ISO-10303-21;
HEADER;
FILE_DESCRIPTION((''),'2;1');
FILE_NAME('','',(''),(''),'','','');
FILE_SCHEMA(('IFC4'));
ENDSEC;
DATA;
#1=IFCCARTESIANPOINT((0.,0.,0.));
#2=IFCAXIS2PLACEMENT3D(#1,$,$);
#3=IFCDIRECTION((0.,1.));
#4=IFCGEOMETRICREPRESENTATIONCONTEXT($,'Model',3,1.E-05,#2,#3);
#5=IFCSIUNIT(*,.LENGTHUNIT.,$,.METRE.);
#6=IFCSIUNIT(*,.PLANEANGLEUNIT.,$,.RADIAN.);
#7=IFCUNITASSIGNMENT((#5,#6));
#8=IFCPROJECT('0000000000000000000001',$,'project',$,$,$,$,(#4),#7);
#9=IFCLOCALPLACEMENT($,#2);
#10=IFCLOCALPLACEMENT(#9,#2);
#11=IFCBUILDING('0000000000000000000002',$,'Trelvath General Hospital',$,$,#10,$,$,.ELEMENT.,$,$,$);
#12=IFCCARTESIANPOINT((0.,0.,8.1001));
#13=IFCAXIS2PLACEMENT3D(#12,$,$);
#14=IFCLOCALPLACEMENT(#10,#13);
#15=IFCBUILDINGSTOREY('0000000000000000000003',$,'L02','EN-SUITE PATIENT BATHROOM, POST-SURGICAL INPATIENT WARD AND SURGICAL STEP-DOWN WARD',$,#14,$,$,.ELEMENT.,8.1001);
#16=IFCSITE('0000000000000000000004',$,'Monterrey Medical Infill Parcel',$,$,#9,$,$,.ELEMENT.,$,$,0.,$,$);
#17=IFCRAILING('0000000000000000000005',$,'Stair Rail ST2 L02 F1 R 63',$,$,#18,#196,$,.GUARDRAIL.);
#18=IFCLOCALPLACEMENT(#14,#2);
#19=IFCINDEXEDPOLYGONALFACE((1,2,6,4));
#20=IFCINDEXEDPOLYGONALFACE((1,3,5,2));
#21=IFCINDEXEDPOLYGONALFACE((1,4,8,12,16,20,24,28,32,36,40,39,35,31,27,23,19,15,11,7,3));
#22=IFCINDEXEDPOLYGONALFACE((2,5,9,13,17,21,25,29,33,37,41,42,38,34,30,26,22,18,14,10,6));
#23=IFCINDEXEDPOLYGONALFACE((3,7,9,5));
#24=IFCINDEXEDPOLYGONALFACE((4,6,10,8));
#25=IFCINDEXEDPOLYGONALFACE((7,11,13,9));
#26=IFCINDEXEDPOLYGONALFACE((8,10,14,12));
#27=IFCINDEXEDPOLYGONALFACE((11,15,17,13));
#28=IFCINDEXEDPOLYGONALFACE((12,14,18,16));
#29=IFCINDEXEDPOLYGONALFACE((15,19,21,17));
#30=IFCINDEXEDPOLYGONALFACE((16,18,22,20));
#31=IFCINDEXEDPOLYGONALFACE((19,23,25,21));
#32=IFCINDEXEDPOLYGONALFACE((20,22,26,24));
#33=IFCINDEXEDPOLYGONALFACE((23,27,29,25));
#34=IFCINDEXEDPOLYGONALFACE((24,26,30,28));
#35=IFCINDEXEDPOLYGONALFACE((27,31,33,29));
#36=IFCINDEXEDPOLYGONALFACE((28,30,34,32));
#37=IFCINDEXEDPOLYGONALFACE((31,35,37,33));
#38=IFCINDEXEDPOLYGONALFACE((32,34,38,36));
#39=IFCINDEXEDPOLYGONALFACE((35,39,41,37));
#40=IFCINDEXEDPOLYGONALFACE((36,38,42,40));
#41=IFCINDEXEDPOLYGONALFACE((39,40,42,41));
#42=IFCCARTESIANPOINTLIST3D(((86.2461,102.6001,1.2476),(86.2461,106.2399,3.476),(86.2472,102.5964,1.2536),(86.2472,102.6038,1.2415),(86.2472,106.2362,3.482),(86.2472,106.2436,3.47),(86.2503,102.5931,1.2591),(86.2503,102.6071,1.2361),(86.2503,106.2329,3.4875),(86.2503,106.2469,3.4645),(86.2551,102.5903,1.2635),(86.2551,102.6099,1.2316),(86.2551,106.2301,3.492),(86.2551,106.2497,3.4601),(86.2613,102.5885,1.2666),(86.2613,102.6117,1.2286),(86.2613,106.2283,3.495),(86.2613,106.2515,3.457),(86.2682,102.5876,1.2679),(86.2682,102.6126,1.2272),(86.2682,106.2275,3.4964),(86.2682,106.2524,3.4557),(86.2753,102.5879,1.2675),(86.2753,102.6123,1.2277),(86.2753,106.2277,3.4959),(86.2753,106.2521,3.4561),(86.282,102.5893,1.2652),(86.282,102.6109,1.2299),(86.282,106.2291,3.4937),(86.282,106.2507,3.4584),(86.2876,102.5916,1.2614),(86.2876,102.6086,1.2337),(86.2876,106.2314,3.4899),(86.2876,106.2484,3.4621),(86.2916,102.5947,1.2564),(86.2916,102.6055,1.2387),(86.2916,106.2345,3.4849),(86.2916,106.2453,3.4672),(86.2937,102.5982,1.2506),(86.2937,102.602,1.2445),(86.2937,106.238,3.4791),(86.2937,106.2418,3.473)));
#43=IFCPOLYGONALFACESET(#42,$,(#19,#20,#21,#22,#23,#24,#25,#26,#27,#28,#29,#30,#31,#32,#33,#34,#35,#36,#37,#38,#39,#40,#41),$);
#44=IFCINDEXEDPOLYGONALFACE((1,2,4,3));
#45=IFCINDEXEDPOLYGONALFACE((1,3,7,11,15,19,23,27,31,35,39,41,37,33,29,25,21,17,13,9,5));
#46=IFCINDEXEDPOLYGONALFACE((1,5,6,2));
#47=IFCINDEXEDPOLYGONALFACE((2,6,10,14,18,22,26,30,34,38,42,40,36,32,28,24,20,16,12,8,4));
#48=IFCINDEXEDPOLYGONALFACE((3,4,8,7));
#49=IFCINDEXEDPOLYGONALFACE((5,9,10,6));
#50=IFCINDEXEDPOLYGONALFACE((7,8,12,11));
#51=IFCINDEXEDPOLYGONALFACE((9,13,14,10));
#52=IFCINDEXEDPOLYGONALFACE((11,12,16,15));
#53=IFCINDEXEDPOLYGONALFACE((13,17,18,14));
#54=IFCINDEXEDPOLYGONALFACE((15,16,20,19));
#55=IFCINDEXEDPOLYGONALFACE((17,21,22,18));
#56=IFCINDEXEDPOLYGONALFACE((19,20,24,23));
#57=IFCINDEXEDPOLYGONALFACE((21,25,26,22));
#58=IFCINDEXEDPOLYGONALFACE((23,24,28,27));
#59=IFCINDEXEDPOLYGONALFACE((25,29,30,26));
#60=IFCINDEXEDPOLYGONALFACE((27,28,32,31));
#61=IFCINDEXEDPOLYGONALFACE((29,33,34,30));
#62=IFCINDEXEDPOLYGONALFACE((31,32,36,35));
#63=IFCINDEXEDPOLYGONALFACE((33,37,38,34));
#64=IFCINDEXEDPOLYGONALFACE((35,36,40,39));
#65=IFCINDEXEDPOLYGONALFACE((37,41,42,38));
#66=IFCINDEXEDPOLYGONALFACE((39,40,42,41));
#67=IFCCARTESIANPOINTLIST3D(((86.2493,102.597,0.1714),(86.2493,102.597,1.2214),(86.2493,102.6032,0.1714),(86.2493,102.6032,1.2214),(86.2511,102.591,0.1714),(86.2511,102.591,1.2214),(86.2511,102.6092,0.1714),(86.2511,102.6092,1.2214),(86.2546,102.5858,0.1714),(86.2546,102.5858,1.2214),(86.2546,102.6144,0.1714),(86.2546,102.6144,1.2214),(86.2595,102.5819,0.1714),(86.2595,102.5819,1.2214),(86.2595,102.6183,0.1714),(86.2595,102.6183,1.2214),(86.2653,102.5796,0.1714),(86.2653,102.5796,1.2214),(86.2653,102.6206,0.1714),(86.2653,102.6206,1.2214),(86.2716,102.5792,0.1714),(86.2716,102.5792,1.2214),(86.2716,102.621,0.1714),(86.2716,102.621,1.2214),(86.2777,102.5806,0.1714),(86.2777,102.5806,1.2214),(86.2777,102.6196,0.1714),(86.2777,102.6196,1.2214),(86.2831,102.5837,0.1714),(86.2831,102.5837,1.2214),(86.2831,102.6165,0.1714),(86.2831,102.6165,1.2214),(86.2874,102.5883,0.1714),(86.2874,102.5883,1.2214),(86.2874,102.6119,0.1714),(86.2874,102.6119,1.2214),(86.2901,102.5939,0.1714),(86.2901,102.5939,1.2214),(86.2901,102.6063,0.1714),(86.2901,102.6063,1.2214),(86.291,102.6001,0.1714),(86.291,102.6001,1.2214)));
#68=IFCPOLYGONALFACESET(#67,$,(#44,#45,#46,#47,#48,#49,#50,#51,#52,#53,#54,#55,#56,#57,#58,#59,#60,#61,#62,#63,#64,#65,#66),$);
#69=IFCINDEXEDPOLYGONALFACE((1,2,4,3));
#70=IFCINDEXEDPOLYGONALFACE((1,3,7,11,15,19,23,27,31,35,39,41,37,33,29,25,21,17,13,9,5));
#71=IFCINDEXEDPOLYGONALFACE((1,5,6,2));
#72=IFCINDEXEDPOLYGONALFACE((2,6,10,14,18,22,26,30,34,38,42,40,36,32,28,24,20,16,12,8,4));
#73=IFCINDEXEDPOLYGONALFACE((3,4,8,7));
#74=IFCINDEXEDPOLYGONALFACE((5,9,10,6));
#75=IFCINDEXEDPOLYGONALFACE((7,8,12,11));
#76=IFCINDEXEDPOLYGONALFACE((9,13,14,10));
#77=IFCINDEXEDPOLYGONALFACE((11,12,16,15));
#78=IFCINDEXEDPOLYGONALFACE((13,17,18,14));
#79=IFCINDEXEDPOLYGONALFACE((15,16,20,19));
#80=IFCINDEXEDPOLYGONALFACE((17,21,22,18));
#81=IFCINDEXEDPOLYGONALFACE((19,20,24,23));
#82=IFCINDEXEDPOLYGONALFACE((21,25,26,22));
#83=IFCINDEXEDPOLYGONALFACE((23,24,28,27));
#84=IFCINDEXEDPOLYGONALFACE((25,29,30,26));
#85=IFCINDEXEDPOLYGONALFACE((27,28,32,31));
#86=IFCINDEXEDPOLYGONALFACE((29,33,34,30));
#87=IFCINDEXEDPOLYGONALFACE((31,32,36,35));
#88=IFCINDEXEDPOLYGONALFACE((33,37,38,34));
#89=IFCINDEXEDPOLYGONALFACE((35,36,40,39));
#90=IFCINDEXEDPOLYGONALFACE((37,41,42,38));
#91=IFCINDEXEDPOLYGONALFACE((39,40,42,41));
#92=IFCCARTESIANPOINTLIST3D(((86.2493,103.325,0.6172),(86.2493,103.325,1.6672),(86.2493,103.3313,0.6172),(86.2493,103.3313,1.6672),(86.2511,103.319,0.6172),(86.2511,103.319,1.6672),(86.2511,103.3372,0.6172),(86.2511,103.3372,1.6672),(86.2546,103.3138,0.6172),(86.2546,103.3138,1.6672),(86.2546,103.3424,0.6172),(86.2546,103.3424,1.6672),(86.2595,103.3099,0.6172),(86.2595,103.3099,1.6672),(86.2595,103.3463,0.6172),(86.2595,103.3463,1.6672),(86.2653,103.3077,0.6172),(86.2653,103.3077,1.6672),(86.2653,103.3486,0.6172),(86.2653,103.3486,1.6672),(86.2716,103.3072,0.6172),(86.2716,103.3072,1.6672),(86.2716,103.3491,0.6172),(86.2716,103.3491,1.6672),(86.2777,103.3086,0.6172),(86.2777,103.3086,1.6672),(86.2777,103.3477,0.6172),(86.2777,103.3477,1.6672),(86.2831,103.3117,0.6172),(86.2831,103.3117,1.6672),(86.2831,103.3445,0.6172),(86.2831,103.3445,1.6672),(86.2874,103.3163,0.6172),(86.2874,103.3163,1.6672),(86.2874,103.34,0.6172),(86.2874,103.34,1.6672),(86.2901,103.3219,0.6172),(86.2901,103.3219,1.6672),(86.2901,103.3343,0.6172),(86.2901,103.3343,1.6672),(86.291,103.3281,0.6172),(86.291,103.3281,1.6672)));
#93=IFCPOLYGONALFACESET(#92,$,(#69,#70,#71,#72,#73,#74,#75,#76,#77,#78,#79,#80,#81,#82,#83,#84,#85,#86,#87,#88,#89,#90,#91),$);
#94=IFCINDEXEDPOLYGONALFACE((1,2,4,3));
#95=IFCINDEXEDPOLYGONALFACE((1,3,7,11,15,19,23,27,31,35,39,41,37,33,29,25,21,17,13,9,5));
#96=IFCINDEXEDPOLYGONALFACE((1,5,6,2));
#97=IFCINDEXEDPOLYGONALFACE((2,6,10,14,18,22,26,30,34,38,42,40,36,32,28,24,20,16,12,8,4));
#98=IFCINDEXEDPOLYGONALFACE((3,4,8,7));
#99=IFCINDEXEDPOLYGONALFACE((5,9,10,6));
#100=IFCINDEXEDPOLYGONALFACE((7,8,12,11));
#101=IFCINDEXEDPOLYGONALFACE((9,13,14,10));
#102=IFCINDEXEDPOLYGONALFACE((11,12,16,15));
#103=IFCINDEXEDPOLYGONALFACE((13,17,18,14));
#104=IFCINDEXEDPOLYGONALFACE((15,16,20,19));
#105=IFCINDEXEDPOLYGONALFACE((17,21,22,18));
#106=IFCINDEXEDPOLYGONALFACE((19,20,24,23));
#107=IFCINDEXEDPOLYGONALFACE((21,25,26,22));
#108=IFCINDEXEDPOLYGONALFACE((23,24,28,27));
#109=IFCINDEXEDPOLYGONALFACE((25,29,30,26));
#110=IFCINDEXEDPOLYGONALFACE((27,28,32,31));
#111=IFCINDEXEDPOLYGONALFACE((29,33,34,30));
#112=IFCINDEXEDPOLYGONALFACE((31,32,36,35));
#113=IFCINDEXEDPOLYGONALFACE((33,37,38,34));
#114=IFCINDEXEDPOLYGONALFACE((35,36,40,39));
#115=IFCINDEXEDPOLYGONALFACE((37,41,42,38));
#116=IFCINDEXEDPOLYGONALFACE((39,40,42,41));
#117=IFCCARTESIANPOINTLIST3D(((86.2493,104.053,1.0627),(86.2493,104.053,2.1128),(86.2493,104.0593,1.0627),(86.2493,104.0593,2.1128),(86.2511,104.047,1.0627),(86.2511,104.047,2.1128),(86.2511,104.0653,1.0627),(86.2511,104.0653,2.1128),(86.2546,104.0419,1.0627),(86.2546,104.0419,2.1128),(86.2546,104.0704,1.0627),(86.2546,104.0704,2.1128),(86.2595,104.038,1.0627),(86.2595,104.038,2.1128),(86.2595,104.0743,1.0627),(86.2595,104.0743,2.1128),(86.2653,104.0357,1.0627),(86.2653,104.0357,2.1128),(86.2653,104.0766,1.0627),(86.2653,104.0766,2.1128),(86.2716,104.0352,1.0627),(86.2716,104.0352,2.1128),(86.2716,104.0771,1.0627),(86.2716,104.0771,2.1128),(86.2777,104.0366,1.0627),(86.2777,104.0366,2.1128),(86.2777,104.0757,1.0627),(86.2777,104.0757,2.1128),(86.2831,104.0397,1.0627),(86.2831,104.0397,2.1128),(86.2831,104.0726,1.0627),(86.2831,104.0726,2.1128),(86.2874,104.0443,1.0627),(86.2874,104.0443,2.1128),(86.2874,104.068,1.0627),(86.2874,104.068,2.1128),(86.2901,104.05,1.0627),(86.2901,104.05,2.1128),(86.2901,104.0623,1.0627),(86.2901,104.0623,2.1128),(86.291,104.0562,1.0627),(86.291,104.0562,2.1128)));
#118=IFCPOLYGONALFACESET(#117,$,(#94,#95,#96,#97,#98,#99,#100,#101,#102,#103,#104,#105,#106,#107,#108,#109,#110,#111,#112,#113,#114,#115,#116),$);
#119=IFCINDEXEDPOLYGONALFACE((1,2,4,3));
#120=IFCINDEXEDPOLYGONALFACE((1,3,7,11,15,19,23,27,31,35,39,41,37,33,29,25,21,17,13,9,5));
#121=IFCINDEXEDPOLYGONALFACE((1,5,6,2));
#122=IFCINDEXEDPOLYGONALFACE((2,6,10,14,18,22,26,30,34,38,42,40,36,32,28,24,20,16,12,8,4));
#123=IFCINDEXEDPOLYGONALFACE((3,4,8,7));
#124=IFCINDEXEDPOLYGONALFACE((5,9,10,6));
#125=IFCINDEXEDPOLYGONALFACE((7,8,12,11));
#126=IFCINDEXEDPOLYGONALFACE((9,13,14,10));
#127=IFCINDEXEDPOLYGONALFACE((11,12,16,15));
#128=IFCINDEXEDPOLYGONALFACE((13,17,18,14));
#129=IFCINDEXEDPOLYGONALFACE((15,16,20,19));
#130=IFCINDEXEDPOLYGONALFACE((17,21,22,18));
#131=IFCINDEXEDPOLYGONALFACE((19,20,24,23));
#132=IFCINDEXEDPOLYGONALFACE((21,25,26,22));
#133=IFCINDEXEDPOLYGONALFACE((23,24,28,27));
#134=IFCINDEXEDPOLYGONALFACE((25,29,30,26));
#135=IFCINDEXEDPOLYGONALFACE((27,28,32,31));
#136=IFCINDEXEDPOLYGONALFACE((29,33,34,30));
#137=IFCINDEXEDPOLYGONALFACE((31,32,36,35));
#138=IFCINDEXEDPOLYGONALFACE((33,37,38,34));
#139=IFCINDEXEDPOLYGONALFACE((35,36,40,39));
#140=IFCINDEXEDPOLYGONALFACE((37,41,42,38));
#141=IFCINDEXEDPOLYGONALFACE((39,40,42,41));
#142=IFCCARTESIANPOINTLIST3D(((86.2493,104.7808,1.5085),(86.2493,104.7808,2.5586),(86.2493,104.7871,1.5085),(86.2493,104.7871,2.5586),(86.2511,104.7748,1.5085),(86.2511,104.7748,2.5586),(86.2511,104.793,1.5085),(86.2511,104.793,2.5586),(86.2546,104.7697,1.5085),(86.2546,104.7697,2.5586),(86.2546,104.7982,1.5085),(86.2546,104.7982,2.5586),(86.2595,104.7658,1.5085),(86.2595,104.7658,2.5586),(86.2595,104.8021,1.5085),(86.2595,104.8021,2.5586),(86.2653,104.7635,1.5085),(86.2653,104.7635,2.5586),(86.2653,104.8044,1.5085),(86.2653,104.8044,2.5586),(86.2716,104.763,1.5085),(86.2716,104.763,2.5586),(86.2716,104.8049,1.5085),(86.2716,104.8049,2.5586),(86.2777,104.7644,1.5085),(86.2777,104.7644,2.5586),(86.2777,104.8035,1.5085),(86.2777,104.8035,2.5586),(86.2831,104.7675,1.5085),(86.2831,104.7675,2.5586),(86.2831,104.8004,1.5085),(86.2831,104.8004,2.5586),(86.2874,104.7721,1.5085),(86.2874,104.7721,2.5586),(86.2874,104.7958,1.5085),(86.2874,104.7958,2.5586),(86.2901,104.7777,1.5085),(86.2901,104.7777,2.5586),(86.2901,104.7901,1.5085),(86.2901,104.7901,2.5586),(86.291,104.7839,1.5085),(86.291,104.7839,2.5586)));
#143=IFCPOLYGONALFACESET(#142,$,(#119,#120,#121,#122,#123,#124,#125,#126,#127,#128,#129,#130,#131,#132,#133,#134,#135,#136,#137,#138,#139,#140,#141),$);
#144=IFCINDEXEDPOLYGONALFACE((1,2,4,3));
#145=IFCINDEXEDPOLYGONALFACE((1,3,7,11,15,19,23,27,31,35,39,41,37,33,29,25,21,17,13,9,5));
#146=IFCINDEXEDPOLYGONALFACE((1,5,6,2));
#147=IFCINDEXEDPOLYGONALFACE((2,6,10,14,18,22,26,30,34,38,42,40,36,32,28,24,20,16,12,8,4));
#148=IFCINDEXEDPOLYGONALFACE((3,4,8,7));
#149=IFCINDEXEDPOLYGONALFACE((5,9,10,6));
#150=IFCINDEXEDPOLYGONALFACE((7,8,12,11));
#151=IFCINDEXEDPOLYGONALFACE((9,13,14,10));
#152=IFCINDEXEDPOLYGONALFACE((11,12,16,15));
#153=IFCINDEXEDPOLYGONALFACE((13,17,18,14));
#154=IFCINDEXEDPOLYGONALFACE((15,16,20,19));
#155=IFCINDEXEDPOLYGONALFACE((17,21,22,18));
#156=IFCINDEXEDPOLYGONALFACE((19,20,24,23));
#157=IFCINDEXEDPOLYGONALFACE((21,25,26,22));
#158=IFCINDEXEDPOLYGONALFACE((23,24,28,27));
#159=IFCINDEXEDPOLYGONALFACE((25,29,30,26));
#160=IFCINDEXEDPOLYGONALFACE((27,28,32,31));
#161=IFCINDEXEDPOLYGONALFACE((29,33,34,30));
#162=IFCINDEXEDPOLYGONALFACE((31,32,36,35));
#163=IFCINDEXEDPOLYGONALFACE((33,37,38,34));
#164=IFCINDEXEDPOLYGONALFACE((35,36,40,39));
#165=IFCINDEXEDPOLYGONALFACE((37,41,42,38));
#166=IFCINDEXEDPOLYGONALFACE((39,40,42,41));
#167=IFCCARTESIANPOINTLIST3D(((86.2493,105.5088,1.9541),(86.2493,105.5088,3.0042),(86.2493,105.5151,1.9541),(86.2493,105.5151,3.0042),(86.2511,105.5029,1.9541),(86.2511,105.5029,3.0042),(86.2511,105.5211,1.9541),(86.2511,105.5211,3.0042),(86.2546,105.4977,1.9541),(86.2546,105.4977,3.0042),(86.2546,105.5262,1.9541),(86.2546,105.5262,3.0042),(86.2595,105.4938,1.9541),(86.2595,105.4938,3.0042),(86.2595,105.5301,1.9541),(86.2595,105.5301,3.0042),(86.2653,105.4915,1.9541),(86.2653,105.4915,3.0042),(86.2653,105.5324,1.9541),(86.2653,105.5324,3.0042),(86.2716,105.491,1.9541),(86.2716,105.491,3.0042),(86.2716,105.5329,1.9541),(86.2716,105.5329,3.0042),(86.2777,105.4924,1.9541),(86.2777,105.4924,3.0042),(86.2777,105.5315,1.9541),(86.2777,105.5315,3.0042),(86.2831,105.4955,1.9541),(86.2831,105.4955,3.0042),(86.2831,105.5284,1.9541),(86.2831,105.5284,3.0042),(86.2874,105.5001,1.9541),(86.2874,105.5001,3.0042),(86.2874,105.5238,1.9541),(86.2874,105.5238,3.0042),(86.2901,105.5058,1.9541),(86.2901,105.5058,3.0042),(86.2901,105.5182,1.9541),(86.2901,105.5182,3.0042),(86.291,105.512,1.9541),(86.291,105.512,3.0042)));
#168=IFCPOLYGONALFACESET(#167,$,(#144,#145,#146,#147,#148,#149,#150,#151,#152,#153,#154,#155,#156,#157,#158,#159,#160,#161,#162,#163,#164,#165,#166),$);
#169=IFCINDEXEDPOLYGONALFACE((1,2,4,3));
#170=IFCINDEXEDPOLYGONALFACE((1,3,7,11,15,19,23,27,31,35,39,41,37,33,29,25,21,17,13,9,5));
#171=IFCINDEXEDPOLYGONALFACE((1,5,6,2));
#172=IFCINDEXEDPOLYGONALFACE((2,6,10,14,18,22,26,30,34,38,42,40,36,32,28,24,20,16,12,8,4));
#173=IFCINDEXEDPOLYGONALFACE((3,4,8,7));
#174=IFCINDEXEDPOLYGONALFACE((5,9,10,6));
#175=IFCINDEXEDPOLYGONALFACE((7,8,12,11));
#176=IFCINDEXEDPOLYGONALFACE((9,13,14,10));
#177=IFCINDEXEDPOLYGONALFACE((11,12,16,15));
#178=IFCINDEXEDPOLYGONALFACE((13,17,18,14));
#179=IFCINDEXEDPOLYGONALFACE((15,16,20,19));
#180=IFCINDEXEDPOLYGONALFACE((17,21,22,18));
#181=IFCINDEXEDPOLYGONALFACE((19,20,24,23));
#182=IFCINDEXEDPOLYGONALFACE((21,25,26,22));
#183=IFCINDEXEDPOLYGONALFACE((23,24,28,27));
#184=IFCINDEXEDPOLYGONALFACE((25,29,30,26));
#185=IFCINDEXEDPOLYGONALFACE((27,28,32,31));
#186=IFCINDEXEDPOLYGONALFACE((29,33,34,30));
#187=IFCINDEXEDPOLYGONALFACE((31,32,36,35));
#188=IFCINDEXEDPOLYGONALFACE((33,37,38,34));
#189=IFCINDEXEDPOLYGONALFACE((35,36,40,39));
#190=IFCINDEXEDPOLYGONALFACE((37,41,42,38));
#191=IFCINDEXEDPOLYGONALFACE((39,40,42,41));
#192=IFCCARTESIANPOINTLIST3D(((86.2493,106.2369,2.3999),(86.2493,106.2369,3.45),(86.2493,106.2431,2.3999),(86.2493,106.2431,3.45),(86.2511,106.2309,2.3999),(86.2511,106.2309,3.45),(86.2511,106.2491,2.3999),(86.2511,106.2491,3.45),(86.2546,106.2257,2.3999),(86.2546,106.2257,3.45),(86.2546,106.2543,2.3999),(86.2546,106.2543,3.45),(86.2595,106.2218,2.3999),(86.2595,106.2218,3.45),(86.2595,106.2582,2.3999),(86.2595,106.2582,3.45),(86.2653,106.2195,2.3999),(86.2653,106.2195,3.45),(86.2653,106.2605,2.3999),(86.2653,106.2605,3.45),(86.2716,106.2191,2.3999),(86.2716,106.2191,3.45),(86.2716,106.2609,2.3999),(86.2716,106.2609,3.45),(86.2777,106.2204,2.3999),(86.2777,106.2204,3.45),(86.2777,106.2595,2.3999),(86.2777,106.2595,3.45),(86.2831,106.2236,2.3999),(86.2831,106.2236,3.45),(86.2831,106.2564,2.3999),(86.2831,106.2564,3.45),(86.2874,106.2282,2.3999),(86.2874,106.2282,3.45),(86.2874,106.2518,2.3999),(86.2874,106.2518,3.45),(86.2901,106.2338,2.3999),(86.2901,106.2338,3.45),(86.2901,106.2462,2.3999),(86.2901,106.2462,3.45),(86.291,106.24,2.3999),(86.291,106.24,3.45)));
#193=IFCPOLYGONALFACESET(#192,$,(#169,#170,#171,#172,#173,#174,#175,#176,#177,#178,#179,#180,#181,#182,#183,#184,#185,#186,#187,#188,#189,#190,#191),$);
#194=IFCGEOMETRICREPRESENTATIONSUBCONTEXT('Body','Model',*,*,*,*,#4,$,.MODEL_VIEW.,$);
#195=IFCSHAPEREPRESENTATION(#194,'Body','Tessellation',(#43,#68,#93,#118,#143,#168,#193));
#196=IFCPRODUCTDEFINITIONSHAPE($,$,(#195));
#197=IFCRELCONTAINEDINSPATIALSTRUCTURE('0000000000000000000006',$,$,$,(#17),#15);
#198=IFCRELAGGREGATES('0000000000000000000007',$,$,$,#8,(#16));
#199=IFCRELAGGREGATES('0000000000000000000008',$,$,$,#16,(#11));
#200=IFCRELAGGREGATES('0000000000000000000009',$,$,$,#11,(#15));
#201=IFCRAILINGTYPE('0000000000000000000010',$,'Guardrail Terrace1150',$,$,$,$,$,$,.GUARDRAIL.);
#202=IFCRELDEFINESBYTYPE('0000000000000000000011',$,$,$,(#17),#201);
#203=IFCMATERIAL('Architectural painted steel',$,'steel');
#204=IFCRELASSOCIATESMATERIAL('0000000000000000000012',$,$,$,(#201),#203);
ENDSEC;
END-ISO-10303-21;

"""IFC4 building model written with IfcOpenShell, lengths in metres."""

from ifc_helpers import new_model, si_unit, direction, frame, origin, origin_2d, place, context, subcontext, project, spatial, circle, extrude, material, type_object, element, save


model = new_model("IFC4")

# Units and contexts
model_context = context("Model", 3, precision=1e-05, world=origin(), true_north=direction((0.0, 1.0)))
body_context = subcontext(model_context, "Body", "Model", "MODEL_VIEW")
ifc_project = project(units=[si_unit("LENGTHUNIT", "METRE"), si_unit("PLANEANGLEUNIT", "RADIAN")], contexts=[model_context])

# Site, building, storey
site_placement = place(None, origin())
site = spatial("IfcSite", under=ifc_project, at=site_placement, Name="Monterrey Medical Infill Parcel", CompositionType="ELEMENT", RefElevation=0.0)
building_placement = place(site_placement, origin())
building = spatial("IfcBuilding", under=site, at=building_placement, Name="Trelvath General Hospital", CompositionType="ELEMENT")
storey_placement = place(building_placement, frame((0.0, 0.0, 8.1001)))
storey = spatial("IfcBuildingStorey", under=building, at=storey_placement, Name="L02", Description="EN-SUITE PATIENT BATHROOM, POST-SURGICAL INPATIENT WARD AND SURGICAL STEP-DOWN WARD", CompositionType="ELEMENT", Elevation=8.1001)

# Railing
ifc_material_1 = material(Name="Architectural painted steel", Category="steel")
railing_type_1 = type_object("IfcRailingType", Name="Guardrail Terrace1150", PredefinedType="GUARDRAIL", material=ifc_material_1)
railing_1_placement = place(storey_placement, frame((86.27, 102.6001, 0.1714)))
element("IfcRailing", 1, at=railing_1_placement, inside=storey, type_object=railing_type_1, Name="Stair Rail ST2 L02 F1 R 63", PredefinedType="GUARDRAIL", context=body_context, shape_type="SweptSolid", body=[
    extrude(circle(Radius=0.0239, at=origin_2d()), frame((0.0, 0.0, 1.0762), z_axis=(0.0, 0.85285, 0.522156), x_axis=(-1.0, 0.0, 0.0)), (0.0, 0.0, 1.0), 4.2678),
    extrude(circle(Radius=0.021, at=origin_2d()), origin(), (0.0, 0.0, 1.0), 1.05),
    extrude(circle(Radius=0.021, at=origin_2d()), frame((0.0, 0.728, 0.4458)), (0.0, 0.0, 1.0), 1.05),
    extrude(circle(Radius=0.021, at=origin_2d()), frame((0.0, 1.4561, 0.8914)), (0.0, 0.0, 1.0), 1.05),
    extrude(circle(Radius=0.021, at=origin_2d()), frame((0.0, 2.1838, 1.3372)), (0.0, 0.0, 1.0), 1.05),
    extrude(circle(Radius=0.021, at=origin_2d()), frame((0.0, 2.9119, 1.7827)), (0.0, 0.0, 1.0), 1.05),
    extrude(circle(Radius=0.021, at=origin_2d()), frame((0.0, 3.6399, 2.2285)), (0.0, 0.0, 1.0), 1.05),
])

save(model, "model.ifc")
